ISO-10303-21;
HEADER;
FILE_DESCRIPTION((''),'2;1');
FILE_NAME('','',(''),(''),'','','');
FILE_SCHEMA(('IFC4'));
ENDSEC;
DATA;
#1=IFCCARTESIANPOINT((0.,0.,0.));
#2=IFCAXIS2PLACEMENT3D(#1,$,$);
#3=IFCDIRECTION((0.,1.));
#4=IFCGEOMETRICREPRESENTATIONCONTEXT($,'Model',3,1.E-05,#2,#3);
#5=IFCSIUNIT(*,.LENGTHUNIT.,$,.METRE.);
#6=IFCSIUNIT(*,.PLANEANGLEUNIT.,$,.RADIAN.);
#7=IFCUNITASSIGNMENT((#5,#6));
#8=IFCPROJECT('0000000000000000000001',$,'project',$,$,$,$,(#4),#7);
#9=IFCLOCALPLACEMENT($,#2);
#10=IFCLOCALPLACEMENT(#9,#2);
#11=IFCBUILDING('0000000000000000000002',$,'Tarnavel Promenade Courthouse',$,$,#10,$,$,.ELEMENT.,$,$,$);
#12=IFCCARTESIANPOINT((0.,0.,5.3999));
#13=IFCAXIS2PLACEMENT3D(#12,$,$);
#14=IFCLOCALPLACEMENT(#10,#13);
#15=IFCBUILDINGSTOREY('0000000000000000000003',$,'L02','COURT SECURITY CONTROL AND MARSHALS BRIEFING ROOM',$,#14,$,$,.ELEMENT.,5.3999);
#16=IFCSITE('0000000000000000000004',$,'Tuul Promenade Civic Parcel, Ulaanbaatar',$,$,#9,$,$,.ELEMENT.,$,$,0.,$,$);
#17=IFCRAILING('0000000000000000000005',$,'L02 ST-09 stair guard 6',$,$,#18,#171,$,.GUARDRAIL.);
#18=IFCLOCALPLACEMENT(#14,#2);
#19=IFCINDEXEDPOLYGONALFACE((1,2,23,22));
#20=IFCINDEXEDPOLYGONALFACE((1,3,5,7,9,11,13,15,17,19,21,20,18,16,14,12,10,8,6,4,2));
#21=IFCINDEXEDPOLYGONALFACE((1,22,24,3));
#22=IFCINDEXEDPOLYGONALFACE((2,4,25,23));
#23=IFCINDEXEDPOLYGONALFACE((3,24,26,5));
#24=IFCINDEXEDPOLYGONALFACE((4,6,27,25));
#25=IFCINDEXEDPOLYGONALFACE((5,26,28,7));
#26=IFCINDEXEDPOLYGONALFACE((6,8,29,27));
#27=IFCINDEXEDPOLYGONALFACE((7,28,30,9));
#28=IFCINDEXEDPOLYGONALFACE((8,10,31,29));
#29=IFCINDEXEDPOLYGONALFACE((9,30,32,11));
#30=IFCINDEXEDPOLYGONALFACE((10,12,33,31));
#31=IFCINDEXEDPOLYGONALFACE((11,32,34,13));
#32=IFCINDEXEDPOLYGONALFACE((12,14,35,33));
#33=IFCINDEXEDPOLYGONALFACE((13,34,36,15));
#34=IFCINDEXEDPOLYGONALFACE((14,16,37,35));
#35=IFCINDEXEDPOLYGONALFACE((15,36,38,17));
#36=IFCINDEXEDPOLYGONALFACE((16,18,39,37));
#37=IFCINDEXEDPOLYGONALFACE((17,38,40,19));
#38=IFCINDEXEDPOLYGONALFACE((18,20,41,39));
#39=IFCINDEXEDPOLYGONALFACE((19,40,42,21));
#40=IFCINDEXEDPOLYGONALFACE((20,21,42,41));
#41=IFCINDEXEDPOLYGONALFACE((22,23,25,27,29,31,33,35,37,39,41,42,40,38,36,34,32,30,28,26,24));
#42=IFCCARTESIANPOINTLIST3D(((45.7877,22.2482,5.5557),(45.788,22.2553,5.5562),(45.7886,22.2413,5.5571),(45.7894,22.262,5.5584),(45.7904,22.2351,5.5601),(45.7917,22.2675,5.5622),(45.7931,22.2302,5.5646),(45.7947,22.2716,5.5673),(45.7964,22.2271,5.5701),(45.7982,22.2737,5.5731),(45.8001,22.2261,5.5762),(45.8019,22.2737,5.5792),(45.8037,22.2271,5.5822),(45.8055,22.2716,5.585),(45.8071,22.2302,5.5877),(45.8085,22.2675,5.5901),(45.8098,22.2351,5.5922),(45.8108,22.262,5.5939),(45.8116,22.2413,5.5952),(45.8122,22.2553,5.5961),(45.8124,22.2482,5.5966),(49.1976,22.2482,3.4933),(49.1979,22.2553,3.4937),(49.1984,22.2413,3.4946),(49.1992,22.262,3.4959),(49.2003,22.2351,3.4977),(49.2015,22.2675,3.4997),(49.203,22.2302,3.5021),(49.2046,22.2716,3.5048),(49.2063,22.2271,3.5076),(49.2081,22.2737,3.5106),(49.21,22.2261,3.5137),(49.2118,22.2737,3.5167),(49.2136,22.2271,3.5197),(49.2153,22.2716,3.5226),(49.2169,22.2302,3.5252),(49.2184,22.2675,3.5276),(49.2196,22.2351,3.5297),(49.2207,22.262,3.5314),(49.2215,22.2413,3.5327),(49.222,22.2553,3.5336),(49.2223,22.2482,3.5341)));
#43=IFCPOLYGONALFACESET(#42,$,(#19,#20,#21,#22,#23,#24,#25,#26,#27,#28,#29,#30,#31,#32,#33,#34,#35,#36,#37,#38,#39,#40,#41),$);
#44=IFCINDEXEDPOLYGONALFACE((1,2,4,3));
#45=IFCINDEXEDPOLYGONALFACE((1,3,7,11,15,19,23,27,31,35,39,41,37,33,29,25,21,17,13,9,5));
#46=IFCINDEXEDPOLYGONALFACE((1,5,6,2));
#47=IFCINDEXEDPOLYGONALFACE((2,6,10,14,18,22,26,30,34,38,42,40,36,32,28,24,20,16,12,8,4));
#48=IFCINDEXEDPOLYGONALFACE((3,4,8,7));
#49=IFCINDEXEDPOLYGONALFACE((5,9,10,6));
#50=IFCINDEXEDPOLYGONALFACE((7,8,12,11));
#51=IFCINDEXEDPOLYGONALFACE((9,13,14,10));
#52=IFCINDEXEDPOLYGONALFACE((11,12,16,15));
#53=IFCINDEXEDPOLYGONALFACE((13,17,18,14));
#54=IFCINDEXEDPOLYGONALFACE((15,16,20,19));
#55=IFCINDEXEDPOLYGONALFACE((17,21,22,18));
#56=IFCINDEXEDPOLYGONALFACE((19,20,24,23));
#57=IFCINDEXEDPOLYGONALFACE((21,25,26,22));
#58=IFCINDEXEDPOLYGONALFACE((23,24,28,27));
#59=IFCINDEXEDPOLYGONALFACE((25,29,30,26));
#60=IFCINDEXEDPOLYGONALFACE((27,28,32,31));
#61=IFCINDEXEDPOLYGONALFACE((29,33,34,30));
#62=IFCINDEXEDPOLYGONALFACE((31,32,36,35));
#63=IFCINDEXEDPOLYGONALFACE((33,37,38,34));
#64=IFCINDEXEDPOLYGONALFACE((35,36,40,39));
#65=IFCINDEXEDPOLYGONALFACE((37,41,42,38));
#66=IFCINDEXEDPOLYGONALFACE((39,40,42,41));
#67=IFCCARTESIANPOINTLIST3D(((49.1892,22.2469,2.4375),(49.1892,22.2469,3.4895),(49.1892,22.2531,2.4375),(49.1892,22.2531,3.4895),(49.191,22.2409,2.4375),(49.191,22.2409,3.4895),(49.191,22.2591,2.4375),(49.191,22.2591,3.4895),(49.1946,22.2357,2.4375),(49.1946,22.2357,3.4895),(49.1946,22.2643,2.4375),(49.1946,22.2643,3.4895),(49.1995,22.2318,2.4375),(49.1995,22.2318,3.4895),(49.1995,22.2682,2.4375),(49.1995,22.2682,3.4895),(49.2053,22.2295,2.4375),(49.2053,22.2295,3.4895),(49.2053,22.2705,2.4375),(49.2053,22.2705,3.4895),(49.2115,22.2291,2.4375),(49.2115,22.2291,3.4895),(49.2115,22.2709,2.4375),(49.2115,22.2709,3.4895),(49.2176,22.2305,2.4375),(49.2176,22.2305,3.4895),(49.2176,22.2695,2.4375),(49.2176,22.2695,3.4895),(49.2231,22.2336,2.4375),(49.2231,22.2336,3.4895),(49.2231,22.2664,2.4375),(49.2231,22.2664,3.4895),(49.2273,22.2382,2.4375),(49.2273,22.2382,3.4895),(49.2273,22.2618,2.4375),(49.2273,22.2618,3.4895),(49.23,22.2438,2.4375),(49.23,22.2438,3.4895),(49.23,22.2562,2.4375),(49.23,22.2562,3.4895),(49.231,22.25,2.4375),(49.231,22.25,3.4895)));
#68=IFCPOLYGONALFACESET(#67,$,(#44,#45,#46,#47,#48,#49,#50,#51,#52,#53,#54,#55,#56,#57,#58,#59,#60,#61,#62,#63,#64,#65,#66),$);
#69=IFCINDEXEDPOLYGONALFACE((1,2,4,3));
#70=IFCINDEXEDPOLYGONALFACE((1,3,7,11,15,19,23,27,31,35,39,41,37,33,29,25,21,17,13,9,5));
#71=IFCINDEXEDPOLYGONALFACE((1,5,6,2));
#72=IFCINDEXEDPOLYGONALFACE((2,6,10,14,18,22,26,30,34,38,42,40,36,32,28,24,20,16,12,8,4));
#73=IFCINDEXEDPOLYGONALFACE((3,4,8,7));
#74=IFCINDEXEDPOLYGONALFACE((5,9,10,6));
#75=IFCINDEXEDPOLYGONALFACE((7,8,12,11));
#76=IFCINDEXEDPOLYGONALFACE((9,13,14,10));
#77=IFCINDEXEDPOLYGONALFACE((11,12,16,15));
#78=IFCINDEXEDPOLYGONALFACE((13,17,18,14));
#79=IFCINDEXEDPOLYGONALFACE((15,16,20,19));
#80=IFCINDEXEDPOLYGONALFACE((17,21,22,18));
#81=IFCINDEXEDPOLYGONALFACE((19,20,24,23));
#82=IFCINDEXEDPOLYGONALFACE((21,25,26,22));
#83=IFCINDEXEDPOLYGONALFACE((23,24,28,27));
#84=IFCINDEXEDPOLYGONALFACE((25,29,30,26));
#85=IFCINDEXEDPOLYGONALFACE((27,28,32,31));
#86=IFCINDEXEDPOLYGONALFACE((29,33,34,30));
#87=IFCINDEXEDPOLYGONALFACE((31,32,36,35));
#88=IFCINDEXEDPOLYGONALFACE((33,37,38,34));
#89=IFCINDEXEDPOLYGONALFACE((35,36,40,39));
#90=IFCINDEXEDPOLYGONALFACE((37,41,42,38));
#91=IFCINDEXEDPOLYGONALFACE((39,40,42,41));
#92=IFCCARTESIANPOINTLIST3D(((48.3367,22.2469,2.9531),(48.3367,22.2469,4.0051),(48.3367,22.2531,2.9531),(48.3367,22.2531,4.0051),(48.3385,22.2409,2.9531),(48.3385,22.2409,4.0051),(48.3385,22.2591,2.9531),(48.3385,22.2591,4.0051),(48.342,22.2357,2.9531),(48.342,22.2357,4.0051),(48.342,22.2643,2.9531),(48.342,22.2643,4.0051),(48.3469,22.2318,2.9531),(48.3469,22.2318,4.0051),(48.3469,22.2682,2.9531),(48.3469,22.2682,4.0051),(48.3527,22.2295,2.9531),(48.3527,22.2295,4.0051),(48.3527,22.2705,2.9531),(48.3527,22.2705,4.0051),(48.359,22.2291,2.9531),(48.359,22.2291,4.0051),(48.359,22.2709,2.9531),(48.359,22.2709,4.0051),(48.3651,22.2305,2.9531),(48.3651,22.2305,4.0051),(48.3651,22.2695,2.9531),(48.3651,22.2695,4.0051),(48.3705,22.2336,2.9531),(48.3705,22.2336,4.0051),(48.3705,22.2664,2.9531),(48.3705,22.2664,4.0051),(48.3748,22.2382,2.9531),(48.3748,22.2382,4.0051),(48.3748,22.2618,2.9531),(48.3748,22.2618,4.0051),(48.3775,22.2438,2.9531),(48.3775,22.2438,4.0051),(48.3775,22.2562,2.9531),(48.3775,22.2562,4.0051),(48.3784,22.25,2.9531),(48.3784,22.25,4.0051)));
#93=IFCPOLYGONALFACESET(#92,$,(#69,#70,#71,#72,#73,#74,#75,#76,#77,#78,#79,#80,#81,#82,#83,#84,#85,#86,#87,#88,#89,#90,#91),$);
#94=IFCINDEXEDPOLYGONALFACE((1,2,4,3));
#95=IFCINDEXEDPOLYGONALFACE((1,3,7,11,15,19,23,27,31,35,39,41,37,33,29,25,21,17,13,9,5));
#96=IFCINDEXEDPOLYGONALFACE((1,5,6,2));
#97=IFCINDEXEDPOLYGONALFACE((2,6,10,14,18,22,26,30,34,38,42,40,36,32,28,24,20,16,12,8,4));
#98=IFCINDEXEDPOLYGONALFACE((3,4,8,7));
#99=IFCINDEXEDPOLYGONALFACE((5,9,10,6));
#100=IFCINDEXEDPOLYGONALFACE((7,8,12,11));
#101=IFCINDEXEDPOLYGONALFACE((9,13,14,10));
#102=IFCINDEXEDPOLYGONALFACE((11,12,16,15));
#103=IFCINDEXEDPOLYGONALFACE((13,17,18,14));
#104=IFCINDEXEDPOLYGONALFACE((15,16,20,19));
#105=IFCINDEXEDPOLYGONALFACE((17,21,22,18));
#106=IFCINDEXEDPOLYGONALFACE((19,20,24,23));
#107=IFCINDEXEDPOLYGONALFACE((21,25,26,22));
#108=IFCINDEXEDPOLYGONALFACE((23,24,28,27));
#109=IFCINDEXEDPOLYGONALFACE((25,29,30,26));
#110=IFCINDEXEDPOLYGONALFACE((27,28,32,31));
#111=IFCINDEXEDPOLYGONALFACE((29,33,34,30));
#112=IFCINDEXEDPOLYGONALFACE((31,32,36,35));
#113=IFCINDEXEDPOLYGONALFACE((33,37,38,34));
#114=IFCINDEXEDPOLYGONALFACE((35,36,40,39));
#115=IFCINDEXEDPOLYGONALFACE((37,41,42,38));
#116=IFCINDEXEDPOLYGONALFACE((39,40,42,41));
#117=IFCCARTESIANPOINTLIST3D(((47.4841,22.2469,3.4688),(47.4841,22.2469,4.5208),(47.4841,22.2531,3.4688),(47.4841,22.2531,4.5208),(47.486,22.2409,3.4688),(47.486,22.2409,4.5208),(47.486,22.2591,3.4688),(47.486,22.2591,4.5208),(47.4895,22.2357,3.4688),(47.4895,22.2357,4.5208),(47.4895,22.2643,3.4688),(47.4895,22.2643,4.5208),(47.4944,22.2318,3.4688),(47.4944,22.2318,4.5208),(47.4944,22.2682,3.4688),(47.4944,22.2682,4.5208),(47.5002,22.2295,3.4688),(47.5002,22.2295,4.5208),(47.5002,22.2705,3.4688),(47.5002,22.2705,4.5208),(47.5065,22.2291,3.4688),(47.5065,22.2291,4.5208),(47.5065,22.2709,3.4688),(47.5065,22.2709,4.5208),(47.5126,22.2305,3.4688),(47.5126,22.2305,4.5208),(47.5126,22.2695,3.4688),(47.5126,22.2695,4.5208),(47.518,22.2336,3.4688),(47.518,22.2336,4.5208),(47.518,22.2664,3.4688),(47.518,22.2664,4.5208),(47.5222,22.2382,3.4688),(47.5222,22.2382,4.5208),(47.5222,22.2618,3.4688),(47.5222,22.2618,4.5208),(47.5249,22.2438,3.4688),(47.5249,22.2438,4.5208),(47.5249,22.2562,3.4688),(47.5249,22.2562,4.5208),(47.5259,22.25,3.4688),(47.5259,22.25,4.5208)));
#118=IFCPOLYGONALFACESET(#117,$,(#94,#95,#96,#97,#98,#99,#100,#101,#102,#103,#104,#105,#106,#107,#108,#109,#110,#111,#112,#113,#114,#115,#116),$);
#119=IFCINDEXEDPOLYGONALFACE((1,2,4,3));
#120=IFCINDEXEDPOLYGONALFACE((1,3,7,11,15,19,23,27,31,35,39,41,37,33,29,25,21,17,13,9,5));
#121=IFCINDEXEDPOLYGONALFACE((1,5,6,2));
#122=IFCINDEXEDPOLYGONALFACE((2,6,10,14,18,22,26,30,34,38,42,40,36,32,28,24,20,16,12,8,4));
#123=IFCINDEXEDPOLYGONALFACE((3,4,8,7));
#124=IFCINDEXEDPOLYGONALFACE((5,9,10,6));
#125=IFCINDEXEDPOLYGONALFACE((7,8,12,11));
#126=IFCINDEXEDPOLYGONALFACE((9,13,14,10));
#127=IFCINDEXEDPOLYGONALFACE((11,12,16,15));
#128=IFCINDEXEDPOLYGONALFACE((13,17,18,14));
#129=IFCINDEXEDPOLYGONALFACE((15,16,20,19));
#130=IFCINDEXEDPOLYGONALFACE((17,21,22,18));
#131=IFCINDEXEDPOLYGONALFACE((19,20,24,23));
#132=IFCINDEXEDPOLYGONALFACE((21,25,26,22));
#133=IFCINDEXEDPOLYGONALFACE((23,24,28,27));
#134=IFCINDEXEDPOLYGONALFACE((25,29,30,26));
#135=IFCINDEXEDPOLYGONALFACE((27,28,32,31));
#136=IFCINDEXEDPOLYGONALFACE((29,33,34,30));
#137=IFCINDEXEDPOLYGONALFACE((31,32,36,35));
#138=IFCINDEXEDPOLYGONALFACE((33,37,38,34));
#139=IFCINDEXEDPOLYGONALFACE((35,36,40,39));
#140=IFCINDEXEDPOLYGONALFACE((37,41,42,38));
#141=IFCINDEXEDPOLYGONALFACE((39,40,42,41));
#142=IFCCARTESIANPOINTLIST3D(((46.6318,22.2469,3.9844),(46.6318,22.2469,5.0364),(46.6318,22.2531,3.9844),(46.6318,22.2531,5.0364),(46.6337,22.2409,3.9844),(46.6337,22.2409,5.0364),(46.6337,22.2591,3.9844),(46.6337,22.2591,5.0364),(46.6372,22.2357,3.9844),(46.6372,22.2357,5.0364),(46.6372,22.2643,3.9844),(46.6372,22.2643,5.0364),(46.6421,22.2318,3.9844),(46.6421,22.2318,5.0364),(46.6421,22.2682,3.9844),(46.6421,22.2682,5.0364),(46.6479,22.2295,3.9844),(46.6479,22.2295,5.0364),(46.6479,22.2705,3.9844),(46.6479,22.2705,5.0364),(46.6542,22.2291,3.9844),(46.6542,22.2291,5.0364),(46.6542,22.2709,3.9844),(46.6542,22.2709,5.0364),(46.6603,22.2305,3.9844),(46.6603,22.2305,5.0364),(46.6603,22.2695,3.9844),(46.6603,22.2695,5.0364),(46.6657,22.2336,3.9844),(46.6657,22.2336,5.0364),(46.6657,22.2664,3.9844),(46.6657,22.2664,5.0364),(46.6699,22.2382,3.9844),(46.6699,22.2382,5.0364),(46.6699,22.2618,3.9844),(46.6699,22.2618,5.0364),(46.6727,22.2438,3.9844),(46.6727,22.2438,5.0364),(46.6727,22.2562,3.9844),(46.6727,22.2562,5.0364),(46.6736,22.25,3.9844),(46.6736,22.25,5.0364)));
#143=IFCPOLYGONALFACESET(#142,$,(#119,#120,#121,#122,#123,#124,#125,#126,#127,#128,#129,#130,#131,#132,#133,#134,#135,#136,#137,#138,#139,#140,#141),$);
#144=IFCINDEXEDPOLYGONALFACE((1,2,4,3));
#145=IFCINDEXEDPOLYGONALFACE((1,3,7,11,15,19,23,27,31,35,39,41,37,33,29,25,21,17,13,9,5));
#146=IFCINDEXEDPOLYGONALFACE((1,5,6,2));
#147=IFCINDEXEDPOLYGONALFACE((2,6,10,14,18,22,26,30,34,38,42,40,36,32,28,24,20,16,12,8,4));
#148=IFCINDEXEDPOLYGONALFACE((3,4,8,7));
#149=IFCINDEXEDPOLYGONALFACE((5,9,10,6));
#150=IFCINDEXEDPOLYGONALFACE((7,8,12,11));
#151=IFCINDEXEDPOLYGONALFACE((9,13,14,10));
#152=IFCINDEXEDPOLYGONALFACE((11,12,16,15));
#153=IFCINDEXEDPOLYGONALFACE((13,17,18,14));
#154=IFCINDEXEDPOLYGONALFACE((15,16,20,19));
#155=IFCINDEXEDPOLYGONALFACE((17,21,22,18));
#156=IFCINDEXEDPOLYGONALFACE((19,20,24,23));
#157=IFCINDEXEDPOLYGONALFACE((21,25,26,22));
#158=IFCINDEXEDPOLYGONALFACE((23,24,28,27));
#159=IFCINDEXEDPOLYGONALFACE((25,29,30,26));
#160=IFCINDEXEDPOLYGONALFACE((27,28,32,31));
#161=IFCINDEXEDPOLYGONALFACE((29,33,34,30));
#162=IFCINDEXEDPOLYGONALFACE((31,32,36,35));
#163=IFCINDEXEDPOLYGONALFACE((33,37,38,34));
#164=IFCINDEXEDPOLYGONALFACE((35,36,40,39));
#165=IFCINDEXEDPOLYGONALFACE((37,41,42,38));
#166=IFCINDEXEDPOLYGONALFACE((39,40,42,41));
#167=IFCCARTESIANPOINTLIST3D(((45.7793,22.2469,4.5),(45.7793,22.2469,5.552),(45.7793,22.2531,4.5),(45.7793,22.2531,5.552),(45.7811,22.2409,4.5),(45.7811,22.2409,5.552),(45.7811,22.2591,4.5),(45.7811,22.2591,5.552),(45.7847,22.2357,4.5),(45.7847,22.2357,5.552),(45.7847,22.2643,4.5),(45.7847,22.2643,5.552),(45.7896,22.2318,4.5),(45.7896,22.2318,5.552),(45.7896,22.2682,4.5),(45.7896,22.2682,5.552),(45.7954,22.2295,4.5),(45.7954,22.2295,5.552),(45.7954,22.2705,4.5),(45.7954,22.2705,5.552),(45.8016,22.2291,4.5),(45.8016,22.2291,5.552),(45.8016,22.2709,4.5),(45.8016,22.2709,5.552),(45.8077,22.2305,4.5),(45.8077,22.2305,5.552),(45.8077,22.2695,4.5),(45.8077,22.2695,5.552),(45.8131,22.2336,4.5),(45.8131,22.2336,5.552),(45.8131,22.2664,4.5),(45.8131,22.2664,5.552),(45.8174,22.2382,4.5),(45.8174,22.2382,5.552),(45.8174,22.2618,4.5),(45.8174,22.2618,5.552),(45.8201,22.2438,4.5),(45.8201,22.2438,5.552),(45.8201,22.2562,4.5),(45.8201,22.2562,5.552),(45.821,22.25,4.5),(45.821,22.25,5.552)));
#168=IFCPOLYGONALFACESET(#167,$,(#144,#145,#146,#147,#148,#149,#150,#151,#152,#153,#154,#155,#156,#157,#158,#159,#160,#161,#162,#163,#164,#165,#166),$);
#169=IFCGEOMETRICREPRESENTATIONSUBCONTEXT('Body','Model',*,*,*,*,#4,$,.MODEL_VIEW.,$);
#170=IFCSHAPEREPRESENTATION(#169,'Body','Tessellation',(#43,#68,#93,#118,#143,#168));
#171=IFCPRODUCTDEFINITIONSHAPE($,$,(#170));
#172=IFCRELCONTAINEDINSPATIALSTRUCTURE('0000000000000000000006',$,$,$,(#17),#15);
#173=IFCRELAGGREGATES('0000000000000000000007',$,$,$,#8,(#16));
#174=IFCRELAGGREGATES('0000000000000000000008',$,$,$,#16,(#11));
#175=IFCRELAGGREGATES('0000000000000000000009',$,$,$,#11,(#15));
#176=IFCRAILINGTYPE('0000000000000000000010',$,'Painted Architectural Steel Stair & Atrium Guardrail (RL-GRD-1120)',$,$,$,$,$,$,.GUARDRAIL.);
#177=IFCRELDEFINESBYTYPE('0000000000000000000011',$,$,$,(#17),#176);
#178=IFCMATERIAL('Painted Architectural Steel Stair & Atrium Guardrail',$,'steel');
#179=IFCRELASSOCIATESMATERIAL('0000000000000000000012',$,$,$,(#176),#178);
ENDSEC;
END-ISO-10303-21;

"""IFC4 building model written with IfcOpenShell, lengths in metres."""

from ifc_helpers import new_model, si_unit, direction, frame, origin, origin_2d, place, context, subcontext, project, spatial, circle, extrude, material, type_object, element, save


model = new_model("IFC4")

# Units and contexts
model_context = context("Model", 3, precision=1e-05, world=origin(), true_north=direction((0.0, 1.0)))
body_context = subcontext(model_context, "Body", "Model", "MODEL_VIEW")
ifc_project = project(units=[si_unit("LENGTHUNIT", "METRE"), si_unit("PLANEANGLEUNIT", "RADIAN")], contexts=[model_context])

# Site, building, storey
site_placement = place(None, origin())
site = spatial("IfcSite", under=ifc_project, at=site_placement, Name="Tuul Promenade Civic Parcel, Ulaanbaatar", CompositionType="ELEMENT", RefElevation=0.0)
building_placement = place(site_placement, origin())
building = spatial("IfcBuilding", under=site, at=building_placement, Name="Tarnavel Promenade Courthouse", CompositionType="ELEMENT")
storey_placement = place(building_placement, frame((0.0, 0.0, 5.3999)))
storey = spatial("IfcBuildingStorey", under=building, at=storey_placement, Name="L02", Description="COURT SECURITY CONTROL AND MARSHALS BRIEFING ROOM", CompositionType="ELEMENT", Elevation=5.3999)

# Railing
ifc_material_1 = material(Name="Painted Architectural Steel Stair & Atrium Guardrail", Category="steel")
railing_type_1 = type_object("IfcRailingType", Name="Painted Architectural Steel Stair & Atrium Guardrail (RL-GRD-1120)", PredefinedType="GUARDRAIL", material=ifc_material_1)
railing_1_placement = place(storey_placement, frame((49.21, 22.25, 2.4375)))
element("IfcRailing", 1, at=railing_1_placement, inside=storey, type_object=railing_type_1, Name="L02 ST-09 stair guard 6", PredefinedType="GUARDRAIL", context=body_context, shape_type="SweptSolid", body=[
    extrude(circle(Radius=0.0239, at=origin_2d()), frame((0.0, 0.0, 1.0762), z_axis=(-0.855655, 0.0, 0.517547), x_axis=(0.0, -1.0, 0.0)), (0.0, 0.0, 1.0), 3.9851),
    extrude(circle(Radius=0.021, at=origin_2d()), origin(), (0.0, 0.0, 1.0), 1.052),
    extrude(circle(Radius=0.021, at=origin_2d()), frame((-0.8525, 0.0, 0.5156)), (0.0, 0.0, 1.0), 1.052),
    extrude(circle(Radius=0.021, at=origin_2d()), frame((-1.7051, 0.0, 1.0312)), (0.0, 0.0, 1.0), 1.052),
    extrude(circle(Radius=0.021, at=origin_2d()), frame((-2.5574, 0.0, 1.5469)), (0.0, 0.0, 1.0), 1.052),
    extrude(circle(Radius=0.021, at=origin_2d()), frame((-3.4099, 0.0, 2.0625)), (0.0, 0.0, 1.0), 1.052),
])

save(model, "model.ifc")
